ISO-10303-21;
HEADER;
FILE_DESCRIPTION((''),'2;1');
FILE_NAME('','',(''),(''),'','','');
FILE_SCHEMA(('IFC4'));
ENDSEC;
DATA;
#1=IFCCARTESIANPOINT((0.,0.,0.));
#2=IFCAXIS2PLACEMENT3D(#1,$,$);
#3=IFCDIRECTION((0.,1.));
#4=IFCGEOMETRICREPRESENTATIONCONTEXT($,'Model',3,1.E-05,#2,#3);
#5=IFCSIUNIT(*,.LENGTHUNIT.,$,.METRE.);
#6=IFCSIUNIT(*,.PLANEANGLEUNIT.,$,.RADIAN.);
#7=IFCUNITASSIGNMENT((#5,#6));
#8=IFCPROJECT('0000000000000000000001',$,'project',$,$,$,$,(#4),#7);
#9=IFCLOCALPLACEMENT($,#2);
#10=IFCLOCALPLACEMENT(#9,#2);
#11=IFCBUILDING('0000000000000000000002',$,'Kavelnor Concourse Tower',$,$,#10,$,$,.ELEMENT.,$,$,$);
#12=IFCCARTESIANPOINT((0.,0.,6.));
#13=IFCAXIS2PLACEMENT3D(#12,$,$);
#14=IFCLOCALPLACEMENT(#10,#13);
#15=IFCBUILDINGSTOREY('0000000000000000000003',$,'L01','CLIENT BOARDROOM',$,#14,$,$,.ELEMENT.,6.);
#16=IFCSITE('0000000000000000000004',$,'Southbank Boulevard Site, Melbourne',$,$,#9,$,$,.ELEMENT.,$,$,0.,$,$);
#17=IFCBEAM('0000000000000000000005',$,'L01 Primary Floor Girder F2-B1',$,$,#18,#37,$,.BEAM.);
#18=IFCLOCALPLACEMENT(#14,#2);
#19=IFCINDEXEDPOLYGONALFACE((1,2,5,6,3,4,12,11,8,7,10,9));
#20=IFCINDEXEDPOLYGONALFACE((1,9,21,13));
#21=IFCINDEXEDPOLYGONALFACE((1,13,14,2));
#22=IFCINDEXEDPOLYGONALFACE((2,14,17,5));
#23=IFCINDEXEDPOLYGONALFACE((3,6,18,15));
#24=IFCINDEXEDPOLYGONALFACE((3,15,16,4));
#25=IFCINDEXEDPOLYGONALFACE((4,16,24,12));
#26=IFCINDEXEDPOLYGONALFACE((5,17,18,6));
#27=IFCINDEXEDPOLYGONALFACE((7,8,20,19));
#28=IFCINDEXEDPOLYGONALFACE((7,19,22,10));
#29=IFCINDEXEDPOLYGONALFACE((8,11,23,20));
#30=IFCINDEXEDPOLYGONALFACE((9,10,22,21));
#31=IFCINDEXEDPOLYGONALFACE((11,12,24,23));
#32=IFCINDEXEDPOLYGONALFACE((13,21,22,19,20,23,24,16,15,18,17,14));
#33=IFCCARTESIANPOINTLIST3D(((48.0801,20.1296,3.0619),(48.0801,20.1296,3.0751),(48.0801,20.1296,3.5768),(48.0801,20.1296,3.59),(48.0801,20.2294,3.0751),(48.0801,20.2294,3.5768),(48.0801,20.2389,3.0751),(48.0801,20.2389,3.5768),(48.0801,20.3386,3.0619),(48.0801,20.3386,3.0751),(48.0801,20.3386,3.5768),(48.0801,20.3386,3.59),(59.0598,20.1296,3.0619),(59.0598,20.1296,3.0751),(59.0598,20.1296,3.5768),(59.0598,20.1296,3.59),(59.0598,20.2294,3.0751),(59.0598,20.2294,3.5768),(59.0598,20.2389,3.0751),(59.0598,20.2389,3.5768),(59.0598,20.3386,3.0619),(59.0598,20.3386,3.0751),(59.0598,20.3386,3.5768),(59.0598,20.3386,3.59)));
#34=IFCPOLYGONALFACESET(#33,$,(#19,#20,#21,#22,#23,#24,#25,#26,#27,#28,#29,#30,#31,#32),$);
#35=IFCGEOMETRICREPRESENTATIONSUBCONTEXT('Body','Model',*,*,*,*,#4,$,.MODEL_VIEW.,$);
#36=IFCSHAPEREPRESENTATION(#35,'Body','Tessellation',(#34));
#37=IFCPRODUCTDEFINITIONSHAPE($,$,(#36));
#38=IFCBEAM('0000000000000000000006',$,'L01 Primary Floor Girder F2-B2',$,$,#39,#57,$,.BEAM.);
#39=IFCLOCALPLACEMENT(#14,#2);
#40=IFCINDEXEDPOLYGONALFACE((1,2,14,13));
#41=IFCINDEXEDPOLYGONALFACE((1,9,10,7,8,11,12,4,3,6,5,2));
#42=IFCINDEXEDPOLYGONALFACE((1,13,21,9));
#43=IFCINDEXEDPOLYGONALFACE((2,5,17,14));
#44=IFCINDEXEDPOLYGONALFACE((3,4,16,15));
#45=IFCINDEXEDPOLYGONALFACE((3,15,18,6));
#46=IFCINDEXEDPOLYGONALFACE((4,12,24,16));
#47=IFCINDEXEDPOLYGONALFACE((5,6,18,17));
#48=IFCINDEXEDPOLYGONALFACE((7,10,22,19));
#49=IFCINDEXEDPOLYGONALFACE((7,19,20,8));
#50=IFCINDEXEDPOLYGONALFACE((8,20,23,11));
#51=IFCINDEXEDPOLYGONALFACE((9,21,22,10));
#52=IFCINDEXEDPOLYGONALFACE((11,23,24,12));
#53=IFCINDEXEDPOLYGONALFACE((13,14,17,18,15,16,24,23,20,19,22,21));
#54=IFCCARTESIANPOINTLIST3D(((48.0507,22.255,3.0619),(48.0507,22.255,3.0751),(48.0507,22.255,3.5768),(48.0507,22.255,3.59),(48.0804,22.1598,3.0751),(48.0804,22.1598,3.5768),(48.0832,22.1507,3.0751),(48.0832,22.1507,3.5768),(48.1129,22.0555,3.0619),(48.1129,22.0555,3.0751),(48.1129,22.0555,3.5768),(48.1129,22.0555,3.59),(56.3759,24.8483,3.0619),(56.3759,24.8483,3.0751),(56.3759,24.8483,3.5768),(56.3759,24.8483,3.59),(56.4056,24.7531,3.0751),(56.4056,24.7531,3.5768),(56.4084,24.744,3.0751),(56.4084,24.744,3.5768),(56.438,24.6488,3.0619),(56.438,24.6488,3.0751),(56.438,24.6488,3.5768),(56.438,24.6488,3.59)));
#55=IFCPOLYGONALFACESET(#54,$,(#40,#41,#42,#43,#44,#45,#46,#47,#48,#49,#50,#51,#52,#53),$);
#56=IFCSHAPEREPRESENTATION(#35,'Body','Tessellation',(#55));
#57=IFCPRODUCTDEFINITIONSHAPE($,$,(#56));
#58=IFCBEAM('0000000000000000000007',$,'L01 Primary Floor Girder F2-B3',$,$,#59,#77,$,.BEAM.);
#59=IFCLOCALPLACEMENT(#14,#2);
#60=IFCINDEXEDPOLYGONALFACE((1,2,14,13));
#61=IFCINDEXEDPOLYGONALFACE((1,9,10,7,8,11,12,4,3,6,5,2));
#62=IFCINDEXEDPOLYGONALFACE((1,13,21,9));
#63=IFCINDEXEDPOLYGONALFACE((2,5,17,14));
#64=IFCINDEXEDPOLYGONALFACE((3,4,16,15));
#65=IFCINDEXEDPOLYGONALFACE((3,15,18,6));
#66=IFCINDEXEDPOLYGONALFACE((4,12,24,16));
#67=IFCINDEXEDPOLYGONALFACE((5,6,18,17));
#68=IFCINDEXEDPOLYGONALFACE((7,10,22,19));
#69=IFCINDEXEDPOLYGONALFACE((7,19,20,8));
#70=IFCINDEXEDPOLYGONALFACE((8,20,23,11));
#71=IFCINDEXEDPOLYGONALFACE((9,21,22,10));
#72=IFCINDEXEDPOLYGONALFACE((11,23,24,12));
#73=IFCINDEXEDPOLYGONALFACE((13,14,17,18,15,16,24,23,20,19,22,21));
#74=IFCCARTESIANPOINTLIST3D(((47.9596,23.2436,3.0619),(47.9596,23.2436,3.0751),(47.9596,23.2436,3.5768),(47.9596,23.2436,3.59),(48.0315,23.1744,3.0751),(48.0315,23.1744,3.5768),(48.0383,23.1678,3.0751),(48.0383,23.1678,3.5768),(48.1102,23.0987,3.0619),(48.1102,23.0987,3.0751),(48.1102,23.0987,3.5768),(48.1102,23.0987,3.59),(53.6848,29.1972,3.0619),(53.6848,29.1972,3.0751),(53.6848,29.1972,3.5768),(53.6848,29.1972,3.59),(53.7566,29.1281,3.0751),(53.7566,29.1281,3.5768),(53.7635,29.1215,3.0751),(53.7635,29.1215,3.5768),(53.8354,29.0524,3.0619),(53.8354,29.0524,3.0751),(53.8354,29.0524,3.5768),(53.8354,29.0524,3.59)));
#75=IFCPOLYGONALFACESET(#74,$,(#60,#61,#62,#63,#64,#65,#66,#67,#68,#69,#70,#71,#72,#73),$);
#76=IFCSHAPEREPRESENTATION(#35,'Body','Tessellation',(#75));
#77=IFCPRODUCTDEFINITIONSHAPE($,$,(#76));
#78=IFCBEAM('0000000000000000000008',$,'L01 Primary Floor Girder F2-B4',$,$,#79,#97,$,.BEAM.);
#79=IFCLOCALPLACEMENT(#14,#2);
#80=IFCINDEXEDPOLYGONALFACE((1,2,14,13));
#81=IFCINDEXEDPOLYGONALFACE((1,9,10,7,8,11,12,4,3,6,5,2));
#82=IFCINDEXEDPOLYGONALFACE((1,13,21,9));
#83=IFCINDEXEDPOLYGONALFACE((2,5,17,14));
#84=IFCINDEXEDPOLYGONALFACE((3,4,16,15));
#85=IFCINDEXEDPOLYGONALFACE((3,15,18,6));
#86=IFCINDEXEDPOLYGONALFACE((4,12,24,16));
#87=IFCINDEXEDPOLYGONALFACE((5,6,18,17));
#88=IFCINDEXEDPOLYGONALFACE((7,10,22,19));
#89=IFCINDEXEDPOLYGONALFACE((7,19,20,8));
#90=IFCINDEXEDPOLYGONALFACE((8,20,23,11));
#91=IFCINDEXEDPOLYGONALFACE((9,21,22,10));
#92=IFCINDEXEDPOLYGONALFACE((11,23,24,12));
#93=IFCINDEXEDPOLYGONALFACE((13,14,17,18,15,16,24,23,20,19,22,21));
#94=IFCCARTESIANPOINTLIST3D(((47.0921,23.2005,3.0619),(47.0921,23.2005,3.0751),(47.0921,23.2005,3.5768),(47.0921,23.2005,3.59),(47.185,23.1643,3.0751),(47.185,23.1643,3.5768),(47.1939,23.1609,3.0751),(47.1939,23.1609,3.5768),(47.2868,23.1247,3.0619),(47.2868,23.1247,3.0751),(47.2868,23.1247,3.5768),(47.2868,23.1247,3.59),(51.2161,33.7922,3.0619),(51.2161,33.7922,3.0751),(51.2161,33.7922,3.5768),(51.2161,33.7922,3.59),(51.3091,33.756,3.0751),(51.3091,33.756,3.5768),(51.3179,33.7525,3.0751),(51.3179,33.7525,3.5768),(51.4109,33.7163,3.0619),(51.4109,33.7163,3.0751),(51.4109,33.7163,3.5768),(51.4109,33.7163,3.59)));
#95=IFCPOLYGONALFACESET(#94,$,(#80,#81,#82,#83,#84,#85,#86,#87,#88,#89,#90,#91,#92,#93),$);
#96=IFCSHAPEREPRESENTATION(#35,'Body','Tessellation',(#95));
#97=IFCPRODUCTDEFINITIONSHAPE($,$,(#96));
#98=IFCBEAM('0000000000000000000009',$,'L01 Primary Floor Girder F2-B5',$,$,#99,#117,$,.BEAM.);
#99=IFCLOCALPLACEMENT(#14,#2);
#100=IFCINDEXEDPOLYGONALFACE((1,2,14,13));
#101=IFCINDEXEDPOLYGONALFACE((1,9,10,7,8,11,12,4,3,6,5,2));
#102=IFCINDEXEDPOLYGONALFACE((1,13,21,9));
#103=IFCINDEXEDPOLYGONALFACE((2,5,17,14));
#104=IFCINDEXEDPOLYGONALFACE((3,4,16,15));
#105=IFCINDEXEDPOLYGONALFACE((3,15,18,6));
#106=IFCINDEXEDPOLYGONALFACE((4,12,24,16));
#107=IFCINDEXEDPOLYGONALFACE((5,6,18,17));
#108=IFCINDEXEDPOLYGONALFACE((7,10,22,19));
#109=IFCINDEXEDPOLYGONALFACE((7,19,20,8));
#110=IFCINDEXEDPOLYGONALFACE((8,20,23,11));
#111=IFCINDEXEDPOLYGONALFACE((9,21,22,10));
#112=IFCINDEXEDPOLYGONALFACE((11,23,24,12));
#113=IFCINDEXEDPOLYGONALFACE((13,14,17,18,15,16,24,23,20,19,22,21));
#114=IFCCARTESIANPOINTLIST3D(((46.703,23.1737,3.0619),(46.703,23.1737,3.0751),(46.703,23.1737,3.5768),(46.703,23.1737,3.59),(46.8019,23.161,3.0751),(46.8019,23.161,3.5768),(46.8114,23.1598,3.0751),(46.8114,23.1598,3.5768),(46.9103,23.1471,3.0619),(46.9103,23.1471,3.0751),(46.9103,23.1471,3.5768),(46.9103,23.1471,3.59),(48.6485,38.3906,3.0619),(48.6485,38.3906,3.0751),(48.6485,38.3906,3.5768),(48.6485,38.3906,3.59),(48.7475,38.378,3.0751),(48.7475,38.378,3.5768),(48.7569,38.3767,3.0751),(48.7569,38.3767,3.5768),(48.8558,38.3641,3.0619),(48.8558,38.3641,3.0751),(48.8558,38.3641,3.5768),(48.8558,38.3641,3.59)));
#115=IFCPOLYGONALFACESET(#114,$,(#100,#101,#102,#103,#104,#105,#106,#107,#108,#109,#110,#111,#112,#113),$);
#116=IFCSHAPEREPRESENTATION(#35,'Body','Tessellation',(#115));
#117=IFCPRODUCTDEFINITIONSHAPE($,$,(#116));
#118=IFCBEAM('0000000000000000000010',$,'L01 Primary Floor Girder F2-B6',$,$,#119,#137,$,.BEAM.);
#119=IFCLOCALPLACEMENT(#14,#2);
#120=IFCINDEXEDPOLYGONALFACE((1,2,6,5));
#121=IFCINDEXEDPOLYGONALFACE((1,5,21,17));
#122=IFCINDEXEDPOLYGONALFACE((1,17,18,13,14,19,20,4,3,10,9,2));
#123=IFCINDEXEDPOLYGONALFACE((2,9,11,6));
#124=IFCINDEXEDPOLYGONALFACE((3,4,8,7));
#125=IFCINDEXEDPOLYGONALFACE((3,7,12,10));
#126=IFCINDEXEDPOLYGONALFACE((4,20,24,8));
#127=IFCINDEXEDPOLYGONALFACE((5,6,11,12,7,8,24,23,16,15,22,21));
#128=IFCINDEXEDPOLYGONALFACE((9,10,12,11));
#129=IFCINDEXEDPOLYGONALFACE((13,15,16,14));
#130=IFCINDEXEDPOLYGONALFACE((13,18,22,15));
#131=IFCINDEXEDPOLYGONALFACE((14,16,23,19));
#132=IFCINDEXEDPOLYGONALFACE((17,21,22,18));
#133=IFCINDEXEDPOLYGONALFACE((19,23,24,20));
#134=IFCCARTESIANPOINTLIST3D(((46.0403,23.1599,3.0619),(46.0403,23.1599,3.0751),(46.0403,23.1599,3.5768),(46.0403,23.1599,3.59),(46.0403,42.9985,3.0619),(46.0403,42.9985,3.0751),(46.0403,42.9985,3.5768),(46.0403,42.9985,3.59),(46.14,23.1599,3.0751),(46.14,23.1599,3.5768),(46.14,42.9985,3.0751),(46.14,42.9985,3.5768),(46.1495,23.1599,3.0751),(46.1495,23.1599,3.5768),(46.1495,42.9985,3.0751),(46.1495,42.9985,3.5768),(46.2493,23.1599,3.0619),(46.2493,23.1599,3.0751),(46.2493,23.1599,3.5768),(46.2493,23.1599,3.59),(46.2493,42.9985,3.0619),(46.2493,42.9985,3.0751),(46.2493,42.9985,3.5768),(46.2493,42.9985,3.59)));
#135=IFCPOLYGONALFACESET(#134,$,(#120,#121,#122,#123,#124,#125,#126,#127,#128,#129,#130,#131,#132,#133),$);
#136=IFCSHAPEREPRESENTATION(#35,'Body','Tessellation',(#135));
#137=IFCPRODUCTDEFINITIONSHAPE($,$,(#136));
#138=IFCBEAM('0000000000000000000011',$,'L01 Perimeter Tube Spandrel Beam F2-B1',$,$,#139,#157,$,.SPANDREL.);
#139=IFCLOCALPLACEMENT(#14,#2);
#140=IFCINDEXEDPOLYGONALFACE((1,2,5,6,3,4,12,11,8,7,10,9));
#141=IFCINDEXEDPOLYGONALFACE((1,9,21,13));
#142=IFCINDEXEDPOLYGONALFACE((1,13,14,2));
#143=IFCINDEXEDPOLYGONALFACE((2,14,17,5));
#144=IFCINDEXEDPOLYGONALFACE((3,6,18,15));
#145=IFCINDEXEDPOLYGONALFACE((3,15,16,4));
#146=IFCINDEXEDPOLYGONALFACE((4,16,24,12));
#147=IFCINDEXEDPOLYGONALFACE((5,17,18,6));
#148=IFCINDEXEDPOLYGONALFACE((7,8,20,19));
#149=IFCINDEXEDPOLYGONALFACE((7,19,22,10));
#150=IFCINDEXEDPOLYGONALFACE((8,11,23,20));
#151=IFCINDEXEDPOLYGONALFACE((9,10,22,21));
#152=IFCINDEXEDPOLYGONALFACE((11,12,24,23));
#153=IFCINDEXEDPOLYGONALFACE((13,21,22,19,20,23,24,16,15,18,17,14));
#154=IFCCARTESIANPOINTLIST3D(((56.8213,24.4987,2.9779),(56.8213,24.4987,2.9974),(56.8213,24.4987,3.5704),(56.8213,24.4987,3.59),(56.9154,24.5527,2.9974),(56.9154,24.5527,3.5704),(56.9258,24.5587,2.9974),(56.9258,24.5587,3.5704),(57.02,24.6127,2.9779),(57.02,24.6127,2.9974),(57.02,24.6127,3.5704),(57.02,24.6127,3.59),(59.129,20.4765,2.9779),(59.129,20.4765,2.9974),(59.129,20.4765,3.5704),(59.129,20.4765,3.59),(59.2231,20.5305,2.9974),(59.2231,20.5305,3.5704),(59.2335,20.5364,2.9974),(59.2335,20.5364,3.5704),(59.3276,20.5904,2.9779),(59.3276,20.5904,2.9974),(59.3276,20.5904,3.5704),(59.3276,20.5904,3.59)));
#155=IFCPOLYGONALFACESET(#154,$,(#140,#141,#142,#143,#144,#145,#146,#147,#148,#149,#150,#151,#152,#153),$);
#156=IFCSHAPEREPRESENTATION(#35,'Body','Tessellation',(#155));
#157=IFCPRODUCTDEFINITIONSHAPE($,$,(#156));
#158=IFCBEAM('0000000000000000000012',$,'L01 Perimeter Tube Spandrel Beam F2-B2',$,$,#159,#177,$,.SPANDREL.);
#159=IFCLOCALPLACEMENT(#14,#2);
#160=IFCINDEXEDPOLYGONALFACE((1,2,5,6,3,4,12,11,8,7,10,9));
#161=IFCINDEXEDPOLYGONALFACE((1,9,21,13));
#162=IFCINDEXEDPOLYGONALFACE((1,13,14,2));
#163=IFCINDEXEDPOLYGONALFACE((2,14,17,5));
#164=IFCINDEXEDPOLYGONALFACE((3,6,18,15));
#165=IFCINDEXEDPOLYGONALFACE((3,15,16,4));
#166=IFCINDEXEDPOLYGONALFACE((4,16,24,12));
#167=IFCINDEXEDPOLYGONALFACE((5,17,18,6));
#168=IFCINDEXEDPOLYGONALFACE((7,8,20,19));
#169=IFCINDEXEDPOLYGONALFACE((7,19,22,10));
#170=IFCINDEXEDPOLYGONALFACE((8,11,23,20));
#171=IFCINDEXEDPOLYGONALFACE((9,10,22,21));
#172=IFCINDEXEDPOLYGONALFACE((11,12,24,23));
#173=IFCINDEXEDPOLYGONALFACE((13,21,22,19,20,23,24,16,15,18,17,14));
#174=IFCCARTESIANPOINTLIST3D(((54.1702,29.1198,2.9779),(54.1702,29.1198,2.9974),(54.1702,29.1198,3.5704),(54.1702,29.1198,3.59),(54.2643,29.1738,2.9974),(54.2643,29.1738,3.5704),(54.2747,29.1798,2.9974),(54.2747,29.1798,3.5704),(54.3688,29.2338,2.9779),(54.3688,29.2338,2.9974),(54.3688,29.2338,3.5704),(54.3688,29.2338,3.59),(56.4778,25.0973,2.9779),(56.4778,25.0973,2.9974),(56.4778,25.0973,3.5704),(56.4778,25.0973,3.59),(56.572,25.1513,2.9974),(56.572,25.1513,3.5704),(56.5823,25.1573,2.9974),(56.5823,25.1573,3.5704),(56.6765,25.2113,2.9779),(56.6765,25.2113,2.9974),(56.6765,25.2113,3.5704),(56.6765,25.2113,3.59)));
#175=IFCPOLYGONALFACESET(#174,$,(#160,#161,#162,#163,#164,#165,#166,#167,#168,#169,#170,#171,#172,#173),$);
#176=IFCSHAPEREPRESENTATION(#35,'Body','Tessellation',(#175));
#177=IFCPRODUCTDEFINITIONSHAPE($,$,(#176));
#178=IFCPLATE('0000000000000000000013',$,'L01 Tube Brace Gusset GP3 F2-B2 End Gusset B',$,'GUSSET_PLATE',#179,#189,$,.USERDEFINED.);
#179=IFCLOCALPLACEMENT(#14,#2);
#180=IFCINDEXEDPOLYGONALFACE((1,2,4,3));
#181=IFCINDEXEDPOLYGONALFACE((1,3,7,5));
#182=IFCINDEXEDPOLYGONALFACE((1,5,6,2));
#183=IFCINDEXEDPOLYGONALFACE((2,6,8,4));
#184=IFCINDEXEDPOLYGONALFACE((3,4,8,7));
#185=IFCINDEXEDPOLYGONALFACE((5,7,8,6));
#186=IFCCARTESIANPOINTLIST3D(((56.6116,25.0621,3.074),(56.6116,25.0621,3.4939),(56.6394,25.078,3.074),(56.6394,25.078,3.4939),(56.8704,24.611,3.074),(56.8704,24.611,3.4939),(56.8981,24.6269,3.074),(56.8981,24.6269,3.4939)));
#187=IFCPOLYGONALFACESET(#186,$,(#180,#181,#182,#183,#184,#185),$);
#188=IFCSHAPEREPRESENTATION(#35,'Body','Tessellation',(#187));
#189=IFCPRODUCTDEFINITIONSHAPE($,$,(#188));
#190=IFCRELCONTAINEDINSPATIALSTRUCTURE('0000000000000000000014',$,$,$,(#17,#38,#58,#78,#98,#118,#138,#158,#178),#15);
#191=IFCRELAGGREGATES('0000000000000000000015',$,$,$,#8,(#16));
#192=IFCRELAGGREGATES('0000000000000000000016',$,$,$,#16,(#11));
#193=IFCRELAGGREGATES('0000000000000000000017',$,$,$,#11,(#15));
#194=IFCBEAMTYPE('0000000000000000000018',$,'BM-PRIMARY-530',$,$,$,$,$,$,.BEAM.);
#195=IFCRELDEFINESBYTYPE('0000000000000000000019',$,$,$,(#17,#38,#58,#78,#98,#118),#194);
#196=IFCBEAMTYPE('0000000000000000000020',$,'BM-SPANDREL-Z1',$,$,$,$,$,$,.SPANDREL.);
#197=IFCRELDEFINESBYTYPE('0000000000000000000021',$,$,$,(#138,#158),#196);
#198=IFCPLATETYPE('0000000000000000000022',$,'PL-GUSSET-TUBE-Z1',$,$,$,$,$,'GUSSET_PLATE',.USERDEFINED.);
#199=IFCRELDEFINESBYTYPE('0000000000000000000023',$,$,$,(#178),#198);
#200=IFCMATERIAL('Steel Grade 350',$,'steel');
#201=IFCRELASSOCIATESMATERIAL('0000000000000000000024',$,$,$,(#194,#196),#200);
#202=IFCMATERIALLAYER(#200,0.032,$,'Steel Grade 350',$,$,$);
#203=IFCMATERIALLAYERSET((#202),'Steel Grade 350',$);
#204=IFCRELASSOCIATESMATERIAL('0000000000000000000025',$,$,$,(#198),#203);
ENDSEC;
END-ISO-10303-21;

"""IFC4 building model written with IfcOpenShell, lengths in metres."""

from ifc_helpers import new_model, si_unit, direction, frame, origin, origin_2d, place, context, subcontext, project, spatial, rectangle, i_section, extrude, material, layer, layer_set, material_profile, profile_set, type_object, element, save


model = new_model("IFC4")

# Units and contexts
model_context = context("Model", 3, precision=1e-05, world=origin(), true_north=direction((0.0, 1.0)))
body_context = subcontext(model_context, "Body", "Model", "MODEL_VIEW")
ifc_project = project(units=[si_unit("LENGTHUNIT", "METRE"), si_unit("PLANEANGLEUNIT", "RADIAN")], contexts=[model_context])

# Site, building, storey
site_placement = place(None, origin())
site = spatial("IfcSite", under=ifc_project, at=site_placement, Name="Southbank Boulevard Site, Melbourne", CompositionType="ELEMENT", RefElevation=0.0)
building_placement = place(site_placement, origin())
building = spatial("IfcBuilding", under=site, at=building_placement, Name="Kavelnor Concourse Tower", CompositionType="ELEMENT")
storey_placement = place(building_placement, frame((0.0, 0.0, 6.0)))
storey = spatial("IfcBuildingStorey", under=building, at=storey_placement, Name="L01", Description="CLIENT BOARDROOM", CompositionType="ELEMENT", Elevation=6.0)

# Shared definitions
ifc_material_1 = material(Name="Steel Grade 350", Category="steel")

# Beams
ifc_material_profile_1 = material_profile(ifc_material_1, i_section(OverallWidth=0.209, OverallDepth=0.5281, WebThickness=0.0095, FlangeThickness=0.0132, at=origin_2d()), Name="530UB82")
ifc_profile_set_1 = profile_set([ifc_material_profile_1], Name="Steel Grade 350")
beam_type_1 = type_object("IfcBeamType", Name="BM-PRIMARY-530", PredefinedType="BEAM", material=ifc_profile_set_1)
beam_1_placement = place(storey_placement, frame((48.0801, 20.2341, 3.3259), z_axis=(1.0, 0.0, 0.0), x_axis=(0.0, 1.0, 0.0)))
element("IfcBeam", 1, at=beam_1_placement, inside=storey, type_object=beam_type_1, Name="L01 Primary Floor Girder F2-B1", PredefinedType="BEAM", context=body_context, shape_type="SweptSolid", body=[
    extrude(i_section(OverallWidth=0.209, OverallDepth=0.5281, WebThickness=0.0095, FlangeThickness=0.0132, at=origin_2d()), origin(), (0.0, 0.0, 1.0), 10.9797),
])
beam_2_placement = place(storey_placement, frame((48.0818, 22.1553, 3.3259), z_axis=(0.954753, 0.297401, 0.0), x_axis=(-0.297401, 0.954753, 0.0)))
element("IfcBeam", 2, at=beam_2_placement, inside=storey, type_object=beam_type_1, Name="L01 Primary Floor Girder F2-B2", PredefinedType="BEAM", context=body_context, shape_type="SweptSolid", body=[
    extrude(i_section(OverallWidth=0.209, OverallDepth=0.5281, WebThickness=0.0095, FlangeThickness=0.0132, at=origin_2d()), origin(), (0.0, 0.0, 1.0), 8.7197),
])
beam_3_placement = place(storey_placement, frame((48.0349, 23.1711, 3.3259), z_axis=(0.693138, 0.720805, 0.0), x_axis=(-0.720805, 0.693138, 0.0)))
element("IfcBeam", 3, at=beam_3_placement, inside=storey, type_object=beam_type_1, Name="L01 Primary Floor Girder F2-B3", PredefinedType="BEAM", context=body_context, shape_type="SweptSolid", body=[
    extrude(i_section(OverallWidth=0.209, OverallDepth=0.5281, WebThickness=0.0095, FlangeThickness=0.0132, at=origin_2d()), origin(), (0.0, 0.0, 1.0), 8.2598),
])
beam_4_placement = place(storey_placement, frame((47.1895, 23.1626, 3.3259), z_axis=(0.362835, 0.931853, 0.0), x_axis=(-0.931853, 0.362835, 0.0)))
element("IfcBeam", 4, at=beam_4_placement, inside=storey, type_object=beam_type_1, Name="L01 Primary Floor Girder F2-B4", PredefinedType="BEAM", context=body_context, shape_type="SweptSolid", body=[
    extrude(i_section(OverallWidth=0.209, OverallDepth=0.5281, WebThickness=0.0095, FlangeThickness=0.0132, at=origin_2d()), origin(), (0.0, 0.0, 1.0), 11.3662),
])
beam_5_placement = place(storey_placement, frame((46.8066, 23.1604, 3.3259), z_axis=(0.126821, 0.991926, 0.0), x_axis=(-0.991926, 0.126821, 0.0)))
element("IfcBeam", 5, at=beam_5_placement, inside=storey, type_object=beam_type_1, Name="L01 Primary Floor Girder F2-B5", PredefinedType="BEAM", context=body_context, shape_type="SweptSolid", body=[
    extrude(i_section(OverallWidth=0.209, OverallDepth=0.5281, WebThickness=0.0095, FlangeThickness=0.0132, at=origin_2d()), origin(), (0.0, 0.0, 1.0), 15.3408),
])
beam_6_placement = place(storey_placement, frame((46.1448, 23.1599, 3.3259), z_axis=(0.0, 1.0, 0.0), x_axis=(-1.0, 0.0, 0.0)))
element("IfcBeam", 6, at=beam_6_placement, inside=storey, type_object=beam_type_1, Name="L01 Primary Floor Girder F2-B6", PredefinedType="BEAM", context=body_context, shape_type="SweptSolid", body=[
    extrude(i_section(OverallWidth=0.209, OverallDepth=0.5281, WebThickness=0.0095, FlangeThickness=0.0132, at=origin_2d()), origin(), (0.0, 0.0, 1.0), 19.8386),
])
ifc_material_profile_2 = material_profile(ifc_material_1, i_section(OverallWidth=0.229, OverallDepth=0.6121, WebThickness=0.012, FlangeThickness=0.0195, at=origin_2d()), Name="610UB125")
ifc_profile_set_2 = profile_set([ifc_material_profile_2], Name="Steel Grade 350")
beam_type_2 = type_object("IfcBeamType", Name="BM-SPANDREL-Z1", PredefinedType="SPANDREL", material=ifc_profile_set_2)
beam_7_placement = place(storey_placement, frame((59.2283, 20.5334, 3.2839), z_axis=(-0.497635, 0.867387, 0.0), x_axis=(-0.867387, -0.497635, 0.0)))
element("IfcBeam", 7, at=beam_7_placement, inside=storey, type_object=beam_type_2, Name="L01 Perimeter Tube Spandrel Beam F2-B1", PredefinedType="SPANDREL", context=body_context, shape_type="SweptSolid", body=[
    extrude(i_section(OverallWidth=0.229, OverallDepth=0.6121, WebThickness=0.012, FlangeThickness=0.0195, at=origin_2d()), origin(), (0.0, 0.0, 1.0), 4.6372),
])
beam_8_placement = place(storey_placement, frame((56.5771, 25.1543, 3.2839), z_axis=(-0.497612, 0.8674, 0.0), x_axis=(-0.8674, -0.497612, 0.0)))
element("IfcBeam", 8, at=beam_8_placement, inside=storey, type_object=beam_type_2, Name="L01 Perimeter Tube Spandrel Beam F2-B2", PredefinedType="SPANDREL", context=body_context, shape_type="SweptSolid", body=[
    extrude(i_section(OverallWidth=0.229, OverallDepth=0.6121, WebThickness=0.012, FlangeThickness=0.0195, at=origin_2d()), origin(), (0.0, 0.0, 1.0), 4.6375),
])

# Plate
ifc_layer_1 = layer(ifc_material_1, 0.032, Name="Steel Grade 350")
ifc_layer_set_1 = layer_set([ifc_layer_1], Name="Steel Grade 350")
plate_type = type_object("IfcPlateType", Name="PL-GUSSET-TUBE-Z1", ElementType="GUSSET_PLATE", PredefinedType="USERDEFINED", material=ifc_layer_set_1)
plate_placement = place(storey_placement, frame((56.7549, 24.8445, 3.074), z_axis=(0.0, 0.0, 1.0), x_axis=(0.49758, -0.867418, 0.0)))
element("IfcPlate", 9, at=plate_placement, inside=storey, type_object=plate_type, Name="L01 Tube Brace Gusset GP3 F2-B2 End Gusset B", ObjectType="GUSSET_PLATE", PredefinedType="USERDEFINED", context=body_context, shape_type="SweptSolid", body=[
    extrude(rectangle(XDim=0.52, YDim=0.032, at=origin_2d()), origin(), (0.0, 0.0, 1.0), 0.4199),
])

save(model, "model.ifc")
